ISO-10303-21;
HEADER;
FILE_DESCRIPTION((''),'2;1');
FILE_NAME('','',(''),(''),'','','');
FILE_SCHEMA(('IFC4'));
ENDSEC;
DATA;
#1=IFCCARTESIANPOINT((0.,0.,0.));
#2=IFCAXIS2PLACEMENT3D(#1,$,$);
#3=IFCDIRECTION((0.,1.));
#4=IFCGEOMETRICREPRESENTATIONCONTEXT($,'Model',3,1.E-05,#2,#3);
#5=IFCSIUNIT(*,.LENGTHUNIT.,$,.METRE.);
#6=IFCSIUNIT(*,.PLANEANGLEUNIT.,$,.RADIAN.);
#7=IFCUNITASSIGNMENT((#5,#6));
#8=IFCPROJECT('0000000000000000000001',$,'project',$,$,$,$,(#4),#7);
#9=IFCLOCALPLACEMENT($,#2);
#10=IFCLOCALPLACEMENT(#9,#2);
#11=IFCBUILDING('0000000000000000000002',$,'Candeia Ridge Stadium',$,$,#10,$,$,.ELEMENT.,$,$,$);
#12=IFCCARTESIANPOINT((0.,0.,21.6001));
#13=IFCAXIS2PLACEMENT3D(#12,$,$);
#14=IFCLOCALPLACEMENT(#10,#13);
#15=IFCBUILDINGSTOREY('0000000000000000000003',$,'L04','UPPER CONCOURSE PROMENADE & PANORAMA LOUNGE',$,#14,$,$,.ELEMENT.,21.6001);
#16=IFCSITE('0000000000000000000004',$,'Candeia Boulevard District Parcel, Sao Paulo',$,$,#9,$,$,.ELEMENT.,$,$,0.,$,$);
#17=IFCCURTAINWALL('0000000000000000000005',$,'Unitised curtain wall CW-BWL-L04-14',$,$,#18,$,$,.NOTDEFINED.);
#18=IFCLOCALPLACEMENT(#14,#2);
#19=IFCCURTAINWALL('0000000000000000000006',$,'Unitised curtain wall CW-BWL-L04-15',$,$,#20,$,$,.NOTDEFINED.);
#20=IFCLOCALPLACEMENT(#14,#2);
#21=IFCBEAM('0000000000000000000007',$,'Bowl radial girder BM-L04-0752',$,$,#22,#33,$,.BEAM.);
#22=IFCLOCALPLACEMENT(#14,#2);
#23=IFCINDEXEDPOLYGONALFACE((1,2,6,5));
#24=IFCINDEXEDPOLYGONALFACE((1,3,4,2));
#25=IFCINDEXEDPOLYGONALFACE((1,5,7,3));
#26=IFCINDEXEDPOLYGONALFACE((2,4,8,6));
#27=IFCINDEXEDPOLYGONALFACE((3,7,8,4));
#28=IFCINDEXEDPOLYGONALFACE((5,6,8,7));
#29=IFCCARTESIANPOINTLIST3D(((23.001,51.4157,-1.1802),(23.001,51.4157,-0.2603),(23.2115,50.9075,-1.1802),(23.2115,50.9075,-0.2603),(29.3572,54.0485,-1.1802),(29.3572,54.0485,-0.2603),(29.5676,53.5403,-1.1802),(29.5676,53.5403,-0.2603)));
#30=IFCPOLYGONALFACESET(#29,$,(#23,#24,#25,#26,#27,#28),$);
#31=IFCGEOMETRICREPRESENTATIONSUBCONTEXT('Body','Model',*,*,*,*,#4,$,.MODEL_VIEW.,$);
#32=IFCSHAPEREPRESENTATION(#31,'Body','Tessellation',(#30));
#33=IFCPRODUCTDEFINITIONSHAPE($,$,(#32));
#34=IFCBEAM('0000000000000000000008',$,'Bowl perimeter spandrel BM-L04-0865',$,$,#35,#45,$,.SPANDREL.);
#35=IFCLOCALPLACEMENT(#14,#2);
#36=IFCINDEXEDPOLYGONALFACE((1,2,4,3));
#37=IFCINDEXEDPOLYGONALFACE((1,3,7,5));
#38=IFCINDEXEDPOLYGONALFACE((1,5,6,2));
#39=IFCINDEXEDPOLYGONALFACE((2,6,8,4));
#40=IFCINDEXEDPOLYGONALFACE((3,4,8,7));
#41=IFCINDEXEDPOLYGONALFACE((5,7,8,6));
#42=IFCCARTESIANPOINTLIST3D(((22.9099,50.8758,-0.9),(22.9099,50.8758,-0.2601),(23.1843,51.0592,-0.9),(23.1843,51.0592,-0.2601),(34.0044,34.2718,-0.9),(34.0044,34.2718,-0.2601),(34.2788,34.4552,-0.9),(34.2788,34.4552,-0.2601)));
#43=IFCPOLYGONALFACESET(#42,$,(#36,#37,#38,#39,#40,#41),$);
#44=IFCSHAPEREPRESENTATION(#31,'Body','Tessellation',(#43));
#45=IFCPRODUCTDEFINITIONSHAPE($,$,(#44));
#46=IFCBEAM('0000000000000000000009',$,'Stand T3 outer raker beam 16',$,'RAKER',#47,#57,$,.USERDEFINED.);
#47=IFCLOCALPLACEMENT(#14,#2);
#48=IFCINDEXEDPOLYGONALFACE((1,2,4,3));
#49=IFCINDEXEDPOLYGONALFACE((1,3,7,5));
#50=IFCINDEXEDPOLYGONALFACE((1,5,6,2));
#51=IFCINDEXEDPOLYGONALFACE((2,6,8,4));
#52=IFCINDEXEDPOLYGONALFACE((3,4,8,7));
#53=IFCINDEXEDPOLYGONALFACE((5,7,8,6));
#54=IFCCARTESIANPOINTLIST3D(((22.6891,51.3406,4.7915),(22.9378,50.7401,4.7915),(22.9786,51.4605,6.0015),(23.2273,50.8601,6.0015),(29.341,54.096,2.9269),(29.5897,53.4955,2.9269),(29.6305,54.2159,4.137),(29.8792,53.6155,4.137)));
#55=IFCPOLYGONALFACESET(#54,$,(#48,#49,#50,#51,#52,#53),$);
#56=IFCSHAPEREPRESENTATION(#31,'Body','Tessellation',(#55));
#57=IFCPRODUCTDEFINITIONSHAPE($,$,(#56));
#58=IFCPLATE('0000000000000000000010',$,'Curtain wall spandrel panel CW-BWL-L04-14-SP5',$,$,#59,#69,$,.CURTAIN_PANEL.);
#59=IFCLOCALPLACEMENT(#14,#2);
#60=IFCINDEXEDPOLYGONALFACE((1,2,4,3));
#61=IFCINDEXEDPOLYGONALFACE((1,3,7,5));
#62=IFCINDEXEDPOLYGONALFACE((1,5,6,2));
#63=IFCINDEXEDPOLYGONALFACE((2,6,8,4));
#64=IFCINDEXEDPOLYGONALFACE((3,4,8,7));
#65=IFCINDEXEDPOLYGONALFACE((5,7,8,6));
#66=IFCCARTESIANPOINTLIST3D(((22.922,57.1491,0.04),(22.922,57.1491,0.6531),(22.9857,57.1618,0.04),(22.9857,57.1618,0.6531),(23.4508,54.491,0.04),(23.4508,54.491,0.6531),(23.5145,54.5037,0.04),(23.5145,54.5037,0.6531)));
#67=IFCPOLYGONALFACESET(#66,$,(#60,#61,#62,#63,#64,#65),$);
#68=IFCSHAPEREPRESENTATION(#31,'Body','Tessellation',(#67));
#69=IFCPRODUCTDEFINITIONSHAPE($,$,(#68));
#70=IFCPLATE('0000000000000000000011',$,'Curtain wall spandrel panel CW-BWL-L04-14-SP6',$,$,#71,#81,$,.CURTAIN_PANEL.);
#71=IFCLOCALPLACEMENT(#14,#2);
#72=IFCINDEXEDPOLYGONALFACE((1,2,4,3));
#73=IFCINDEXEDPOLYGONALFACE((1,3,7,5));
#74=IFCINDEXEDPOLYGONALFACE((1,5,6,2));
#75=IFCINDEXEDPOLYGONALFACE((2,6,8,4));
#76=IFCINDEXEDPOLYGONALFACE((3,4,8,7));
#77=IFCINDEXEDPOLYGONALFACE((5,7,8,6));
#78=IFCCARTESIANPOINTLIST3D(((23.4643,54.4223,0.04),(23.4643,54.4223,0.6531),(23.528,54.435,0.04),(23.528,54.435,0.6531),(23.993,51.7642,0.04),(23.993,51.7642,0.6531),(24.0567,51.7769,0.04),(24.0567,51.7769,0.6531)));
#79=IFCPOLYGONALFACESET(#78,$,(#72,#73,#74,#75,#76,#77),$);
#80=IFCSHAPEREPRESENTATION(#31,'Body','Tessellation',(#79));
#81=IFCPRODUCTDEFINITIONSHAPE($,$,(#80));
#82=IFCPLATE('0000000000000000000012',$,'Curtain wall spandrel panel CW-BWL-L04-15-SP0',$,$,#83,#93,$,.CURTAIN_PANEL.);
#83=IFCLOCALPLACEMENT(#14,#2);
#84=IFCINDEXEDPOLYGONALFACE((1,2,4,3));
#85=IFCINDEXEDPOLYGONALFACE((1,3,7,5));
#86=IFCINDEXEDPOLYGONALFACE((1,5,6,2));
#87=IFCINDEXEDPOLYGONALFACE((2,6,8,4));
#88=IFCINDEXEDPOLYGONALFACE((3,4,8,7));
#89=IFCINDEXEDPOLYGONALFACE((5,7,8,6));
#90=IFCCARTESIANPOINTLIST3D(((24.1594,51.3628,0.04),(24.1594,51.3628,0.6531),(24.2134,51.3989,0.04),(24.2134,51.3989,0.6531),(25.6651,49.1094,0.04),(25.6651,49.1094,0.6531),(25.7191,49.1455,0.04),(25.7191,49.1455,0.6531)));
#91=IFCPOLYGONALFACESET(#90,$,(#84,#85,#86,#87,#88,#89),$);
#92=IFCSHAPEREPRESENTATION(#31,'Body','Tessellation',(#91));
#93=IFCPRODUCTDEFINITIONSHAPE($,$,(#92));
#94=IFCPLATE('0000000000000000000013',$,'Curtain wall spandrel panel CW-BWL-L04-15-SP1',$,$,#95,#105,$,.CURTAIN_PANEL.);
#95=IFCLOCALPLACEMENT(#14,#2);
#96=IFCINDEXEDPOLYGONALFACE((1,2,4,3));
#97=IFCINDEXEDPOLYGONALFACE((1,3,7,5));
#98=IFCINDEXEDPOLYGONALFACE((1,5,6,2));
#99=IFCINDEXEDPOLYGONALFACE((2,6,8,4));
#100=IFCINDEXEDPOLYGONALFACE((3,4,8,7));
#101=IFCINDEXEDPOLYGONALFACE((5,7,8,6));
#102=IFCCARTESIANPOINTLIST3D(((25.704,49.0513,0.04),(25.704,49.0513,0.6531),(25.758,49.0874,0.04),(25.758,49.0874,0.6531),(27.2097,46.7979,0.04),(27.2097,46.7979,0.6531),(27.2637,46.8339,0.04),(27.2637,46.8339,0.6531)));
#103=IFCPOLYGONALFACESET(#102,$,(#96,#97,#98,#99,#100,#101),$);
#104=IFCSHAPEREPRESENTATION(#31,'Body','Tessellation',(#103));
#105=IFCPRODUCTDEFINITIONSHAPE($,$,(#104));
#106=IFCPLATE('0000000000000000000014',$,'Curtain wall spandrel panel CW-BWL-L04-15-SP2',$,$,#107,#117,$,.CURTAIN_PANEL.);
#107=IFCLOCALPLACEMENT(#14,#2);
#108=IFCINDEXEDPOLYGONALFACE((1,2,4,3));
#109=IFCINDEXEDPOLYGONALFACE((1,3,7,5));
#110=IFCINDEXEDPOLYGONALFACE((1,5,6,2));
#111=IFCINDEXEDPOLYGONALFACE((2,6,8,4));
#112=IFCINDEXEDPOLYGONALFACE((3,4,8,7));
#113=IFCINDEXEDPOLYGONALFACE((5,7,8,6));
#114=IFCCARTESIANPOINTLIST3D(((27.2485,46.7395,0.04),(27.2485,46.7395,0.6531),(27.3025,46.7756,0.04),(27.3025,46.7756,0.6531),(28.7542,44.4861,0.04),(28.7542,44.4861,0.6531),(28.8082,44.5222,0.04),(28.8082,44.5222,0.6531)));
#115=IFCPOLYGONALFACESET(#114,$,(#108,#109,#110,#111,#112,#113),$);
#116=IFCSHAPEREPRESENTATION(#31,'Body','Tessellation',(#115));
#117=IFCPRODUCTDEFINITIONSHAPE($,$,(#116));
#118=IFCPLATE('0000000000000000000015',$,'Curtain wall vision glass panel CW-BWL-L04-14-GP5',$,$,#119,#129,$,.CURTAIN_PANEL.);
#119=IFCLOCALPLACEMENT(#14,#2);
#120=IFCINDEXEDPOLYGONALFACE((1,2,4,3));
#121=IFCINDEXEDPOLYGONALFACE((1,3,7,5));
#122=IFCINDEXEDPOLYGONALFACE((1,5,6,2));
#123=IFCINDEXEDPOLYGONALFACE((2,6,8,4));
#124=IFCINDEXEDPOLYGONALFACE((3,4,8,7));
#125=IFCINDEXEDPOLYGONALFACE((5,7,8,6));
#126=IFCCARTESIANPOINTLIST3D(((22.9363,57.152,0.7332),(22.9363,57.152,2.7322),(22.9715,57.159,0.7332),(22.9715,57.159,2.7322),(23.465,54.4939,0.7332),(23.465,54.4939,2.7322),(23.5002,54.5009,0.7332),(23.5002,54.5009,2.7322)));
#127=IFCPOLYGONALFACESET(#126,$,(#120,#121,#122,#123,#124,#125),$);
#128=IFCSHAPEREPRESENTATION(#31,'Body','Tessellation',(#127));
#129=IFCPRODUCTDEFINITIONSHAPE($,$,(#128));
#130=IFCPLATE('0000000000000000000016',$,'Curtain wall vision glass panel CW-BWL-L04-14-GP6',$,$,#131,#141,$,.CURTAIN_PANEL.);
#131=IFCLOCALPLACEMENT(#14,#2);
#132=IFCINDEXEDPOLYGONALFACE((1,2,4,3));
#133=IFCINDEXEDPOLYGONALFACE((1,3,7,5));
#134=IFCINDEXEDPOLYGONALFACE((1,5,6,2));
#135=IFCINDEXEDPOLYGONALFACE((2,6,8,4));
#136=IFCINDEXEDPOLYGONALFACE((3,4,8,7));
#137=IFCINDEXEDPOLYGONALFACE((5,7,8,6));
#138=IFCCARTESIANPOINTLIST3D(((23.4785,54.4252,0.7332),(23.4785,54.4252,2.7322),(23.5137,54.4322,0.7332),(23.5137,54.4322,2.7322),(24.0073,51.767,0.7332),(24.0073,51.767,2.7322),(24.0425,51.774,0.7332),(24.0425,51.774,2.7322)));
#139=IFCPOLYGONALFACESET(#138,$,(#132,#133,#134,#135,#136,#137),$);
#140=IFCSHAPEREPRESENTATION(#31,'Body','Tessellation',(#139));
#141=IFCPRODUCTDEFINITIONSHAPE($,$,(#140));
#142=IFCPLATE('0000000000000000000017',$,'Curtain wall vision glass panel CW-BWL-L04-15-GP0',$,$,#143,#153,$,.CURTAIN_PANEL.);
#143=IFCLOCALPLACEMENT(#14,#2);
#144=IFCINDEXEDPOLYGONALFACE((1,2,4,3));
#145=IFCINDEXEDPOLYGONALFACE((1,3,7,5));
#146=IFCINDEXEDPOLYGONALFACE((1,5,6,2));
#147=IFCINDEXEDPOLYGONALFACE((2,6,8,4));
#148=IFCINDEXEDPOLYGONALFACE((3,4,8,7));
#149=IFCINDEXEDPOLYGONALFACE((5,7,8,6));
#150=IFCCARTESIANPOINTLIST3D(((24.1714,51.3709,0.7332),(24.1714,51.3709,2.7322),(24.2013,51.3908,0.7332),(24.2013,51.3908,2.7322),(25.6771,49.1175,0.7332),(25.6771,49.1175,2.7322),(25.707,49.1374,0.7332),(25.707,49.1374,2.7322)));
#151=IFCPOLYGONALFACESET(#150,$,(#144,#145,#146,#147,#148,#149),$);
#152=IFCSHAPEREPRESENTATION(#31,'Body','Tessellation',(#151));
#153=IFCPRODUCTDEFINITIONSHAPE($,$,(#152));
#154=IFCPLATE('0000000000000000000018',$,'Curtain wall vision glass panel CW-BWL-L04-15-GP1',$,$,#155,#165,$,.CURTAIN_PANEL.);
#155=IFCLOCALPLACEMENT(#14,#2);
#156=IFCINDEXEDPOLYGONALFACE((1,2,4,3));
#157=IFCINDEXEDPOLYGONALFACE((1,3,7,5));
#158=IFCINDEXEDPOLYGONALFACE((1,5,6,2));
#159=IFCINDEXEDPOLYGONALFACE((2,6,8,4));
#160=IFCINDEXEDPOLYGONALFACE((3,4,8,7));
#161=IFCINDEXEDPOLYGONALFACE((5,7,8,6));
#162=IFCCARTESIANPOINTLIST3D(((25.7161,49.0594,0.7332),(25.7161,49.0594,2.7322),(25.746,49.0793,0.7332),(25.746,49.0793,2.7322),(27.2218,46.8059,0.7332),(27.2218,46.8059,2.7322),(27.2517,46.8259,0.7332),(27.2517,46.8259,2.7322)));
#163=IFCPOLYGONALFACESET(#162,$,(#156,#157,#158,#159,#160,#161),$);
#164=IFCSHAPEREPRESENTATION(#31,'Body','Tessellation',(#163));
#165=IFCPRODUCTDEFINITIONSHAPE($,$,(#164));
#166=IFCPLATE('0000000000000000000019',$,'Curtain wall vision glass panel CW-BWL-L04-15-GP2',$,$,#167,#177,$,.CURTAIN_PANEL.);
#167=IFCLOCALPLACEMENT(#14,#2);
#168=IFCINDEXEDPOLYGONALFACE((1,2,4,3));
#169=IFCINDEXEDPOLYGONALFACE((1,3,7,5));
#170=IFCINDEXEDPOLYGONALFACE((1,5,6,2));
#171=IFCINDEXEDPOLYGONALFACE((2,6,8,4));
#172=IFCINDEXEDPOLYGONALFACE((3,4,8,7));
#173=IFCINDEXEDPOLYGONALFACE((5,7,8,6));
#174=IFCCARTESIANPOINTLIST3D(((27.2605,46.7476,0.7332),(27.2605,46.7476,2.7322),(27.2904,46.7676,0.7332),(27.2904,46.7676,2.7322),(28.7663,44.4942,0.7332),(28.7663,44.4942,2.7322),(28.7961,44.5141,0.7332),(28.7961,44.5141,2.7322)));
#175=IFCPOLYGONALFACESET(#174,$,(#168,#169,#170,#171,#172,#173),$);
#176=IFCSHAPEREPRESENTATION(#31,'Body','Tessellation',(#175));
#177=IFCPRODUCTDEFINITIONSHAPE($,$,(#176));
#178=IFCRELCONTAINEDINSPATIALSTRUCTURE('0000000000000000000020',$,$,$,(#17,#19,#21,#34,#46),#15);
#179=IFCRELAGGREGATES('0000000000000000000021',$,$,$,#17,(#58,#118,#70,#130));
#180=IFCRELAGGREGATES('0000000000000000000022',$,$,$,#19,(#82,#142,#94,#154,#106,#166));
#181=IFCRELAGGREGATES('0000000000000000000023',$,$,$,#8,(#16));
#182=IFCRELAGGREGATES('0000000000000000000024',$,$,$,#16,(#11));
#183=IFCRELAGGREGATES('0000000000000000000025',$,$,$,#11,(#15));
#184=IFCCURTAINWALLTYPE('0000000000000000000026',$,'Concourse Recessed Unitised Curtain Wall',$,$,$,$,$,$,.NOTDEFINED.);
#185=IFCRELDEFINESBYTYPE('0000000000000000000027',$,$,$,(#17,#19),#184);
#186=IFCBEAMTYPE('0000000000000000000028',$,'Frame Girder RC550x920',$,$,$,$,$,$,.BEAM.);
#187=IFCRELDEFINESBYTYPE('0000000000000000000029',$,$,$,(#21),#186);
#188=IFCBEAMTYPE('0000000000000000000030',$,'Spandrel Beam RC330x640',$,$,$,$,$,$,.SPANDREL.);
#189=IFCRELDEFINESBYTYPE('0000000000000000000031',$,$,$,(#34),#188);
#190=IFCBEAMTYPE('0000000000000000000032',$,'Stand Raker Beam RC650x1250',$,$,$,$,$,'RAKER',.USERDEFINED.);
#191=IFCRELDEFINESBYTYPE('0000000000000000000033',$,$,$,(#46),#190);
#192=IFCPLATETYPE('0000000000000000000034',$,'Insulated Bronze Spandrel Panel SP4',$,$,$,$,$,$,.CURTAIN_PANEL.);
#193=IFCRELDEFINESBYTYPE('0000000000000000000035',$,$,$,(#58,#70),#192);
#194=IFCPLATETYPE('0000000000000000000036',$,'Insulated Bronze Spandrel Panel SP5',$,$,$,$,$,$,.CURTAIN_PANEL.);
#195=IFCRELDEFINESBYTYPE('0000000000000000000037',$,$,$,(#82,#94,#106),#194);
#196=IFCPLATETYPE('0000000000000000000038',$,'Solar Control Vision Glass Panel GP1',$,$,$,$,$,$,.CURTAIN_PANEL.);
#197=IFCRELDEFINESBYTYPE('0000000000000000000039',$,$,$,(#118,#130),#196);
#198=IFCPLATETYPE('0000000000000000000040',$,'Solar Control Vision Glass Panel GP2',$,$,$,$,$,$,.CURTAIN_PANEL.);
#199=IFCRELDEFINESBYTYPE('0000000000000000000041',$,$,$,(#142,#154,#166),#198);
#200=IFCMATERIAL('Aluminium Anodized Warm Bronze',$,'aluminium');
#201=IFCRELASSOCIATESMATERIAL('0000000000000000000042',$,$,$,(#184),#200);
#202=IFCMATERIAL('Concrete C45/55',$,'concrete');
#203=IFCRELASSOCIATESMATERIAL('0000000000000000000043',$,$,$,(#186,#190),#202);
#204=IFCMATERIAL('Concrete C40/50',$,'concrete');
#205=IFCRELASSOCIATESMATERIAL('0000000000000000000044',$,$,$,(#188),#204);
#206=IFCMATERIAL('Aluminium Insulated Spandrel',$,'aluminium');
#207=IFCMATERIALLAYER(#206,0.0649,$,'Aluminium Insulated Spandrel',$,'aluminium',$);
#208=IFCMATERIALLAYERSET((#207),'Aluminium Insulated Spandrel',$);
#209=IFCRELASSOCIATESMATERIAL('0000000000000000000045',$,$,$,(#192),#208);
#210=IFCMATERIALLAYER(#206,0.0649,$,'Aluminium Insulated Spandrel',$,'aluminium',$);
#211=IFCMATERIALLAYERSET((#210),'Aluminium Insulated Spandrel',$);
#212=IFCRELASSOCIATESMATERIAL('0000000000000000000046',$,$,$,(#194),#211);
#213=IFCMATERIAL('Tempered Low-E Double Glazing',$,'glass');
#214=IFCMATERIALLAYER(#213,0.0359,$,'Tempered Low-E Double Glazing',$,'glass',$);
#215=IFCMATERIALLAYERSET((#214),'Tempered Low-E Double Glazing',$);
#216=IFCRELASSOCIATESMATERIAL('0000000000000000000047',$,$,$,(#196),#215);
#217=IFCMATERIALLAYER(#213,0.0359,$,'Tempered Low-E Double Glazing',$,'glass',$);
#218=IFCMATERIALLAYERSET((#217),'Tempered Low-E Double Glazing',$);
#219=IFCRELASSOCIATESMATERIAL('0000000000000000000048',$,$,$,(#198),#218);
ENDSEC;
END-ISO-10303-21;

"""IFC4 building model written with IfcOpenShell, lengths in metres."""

from ifc_helpers import new_model, si_unit, direction, frame, origin, origin_2d, place, context, subcontext, project, spatial, rectangle, extrude, material, layer, layer_set, material_profile, profile_set, type_object, element, aggregate, save


model = new_model("IFC4")

# Units and contexts
model_context = context("Model", 3, precision=1e-05, world=origin(), true_north=direction((0.0, 1.0)))
body_context = subcontext(model_context, "Body", "Model", "MODEL_VIEW")
ifc_project = project(units=[si_unit("LENGTHUNIT", "METRE"), si_unit("PLANEANGLEUNIT", "RADIAN")], contexts=[model_context])

# Site, building, storey
site_placement = place(None, origin())
site = spatial("IfcSite", under=ifc_project, at=site_placement, Name="Candeia Boulevard District Parcel, Sao Paulo", CompositionType="ELEMENT", RefElevation=0.0)
building_placement = place(site_placement, origin())
building = spatial("IfcBuilding", under=site, at=building_placement, Name="Candeia Ridge Stadium", CompositionType="ELEMENT")
storey_placement = place(building_placement, frame((0.0, 0.0, 21.6001)))
storey = spatial("IfcBuildingStorey", under=building, at=storey_placement, Name="L04", Description="UPPER CONCOURSE PROMENADE & PANORAMA LOUNGE", CompositionType="ELEMENT", Elevation=21.6001)

# Shared definitions
ifc_material_1 = material(Name="Concrete C45/55", Category="concrete")

# Curtain walls
ifc_material_2 = material(Name="Aluminium Anodized Warm Bronze", Category="aluminium")
curtain_wall_type = type_object("IfcCurtainWallType", Name="Concourse Recessed Unitised Curtain Wall", PredefinedType="NOTDEFINED", material=ifc_material_2)
curtain_wall_1_placement = place(storey_placement, origin())
curtain_wall_1 = element("IfcCurtainWall", 1, at=curtain_wall_1_placement, inside=storey, type_object=curtain_wall_type, Name="Unitised curtain wall CW-BWL-L04-14", PredefinedType="NOTDEFINED")
curtain_wall_2_placement = place(storey_placement, origin())
curtain_wall_2 = element("IfcCurtainWall", 2, at=curtain_wall_2_placement, inside=storey, type_object=curtain_wall_type, Name="Unitised curtain wall CW-BWL-L04-15", PredefinedType="NOTDEFINED")

# Beams
ifc_material_3 = material(Name="Concrete C40/50", Category="concrete")
ifc_material_profile_1 = material_profile(ifc_material_1, rectangle(XDim=0.55, YDim=0.9199, at=origin_2d()), Name="RC550x920", Category="concrete")
ifc_profile_set_1 = profile_set([ifc_material_profile_1], Name="Concrete C45/55")
beam_type_1 = type_object("IfcBeamType", Name="Frame Girder RC550x920", PredefinedType="BEAM", material=ifc_profile_set_1)
beam_1_placement = place(storey_placement, frame((29.4624, 53.7944, -0.7202), z_axis=(-0.92388, -0.382682, 0.0), x_axis=(0.382682, -0.92388, 0.0)))
element("IfcBeam", 3, at=beam_1_placement, inside=storey, type_object=beam_type_1, Name="Bowl radial girder BM-L04-0752", PredefinedType="BEAM", context=body_context, shape_type="SweptSolid", body=[
    extrude(rectangle(XDim=0.55, YDim=0.9199, at=origin_2d()), origin(), (0.0, 0.0, 1.0), 6.8799),
])
ifc_material_profile_2 = material_profile(ifc_material_3, rectangle(XDim=0.3301, YDim=0.6399, at=origin_2d()), Name="RC330x640", Category="concrete")
ifc_profile_set_2 = profile_set([ifc_material_profile_2], Name="Concrete C40/50")
beam_type_2 = type_object("IfcBeamType", Name="Spandrel Beam RC330x640", PredefinedType="SPANDREL", material=ifc_profile_set_2)
beam_2_placement = place(storey_placement, frame((23.0471, 50.9675, -0.5801), z_axis=(0.555572, -0.831469, 0.0), x_axis=(0.831469, 0.555572, 0.0)))
element("IfcBeam", 4, at=beam_2_placement, inside=storey, type_object=beam_type_2, Name="Bowl perimeter spandrel BM-L04-0865", PredefinedType="SPANDREL", context=body_context, shape_type="SweptSolid", body=[
    extrude(rectangle(XDim=0.3301, YDim=0.6399, at=origin_2d()), origin(), (0.0, 0.0, 1.0), 19.9695),
])
ifc_material_profile_3 = material_profile(ifc_material_1, rectangle(XDim=0.6499, YDim=1.25, at=origin_2d()), Name="RC650x1250", Category="concrete")
ifc_profile_set_3 = profile_set([ifc_material_profile_3], Name="Concrete C45/55")
beam_type_3 = type_object("IfcBeamType", Name="Stand Raker Beam RC650x1250", ElementType="RAKER", PredefinedType="USERDEFINED", material=ifc_profile_set_3)
beam_3_placement = place(storey_placement, frame((29.6101, 53.8557, 3.532), z_axis=(-0.894373, -0.370473, 0.250691), x_axis=(0.382693, -0.923875, 0.0)))
element("IfcBeam", 5, at=beam_3_placement, inside=storey, type_object=beam_type_3, Name="Stand T3 outer raker beam 16", ObjectType="RAKER", PredefinedType="USERDEFINED", context=body_context, shape_type="SweptSolid", body=[
    extrude(rectangle(XDim=0.6499, YDim=1.25, at=origin_2d()), origin(), (0.0, 0.0, 1.0), 7.4375),
])

# Plates
ifc_material_4 = material(Name="Aluminium Insulated Spandrel", Category="aluminium")
ifc_layer_1 = layer(ifc_material_4, 0.0649, Name="Aluminium Insulated Spandrel", Category="aluminium")
ifc_layer_set_1 = layer_set([ifc_layer_1], Name="Aluminium Insulated Spandrel")
plate_type_1 = type_object("IfcPlateType", Name="Insulated Bronze Spandrel Panel SP4", PredefinedType="CURTAIN_PANEL", material=ifc_layer_set_1)
plate_1_placement = place(storey_placement, frame((23.2183, 55.8264, 0.04), z_axis=(0.0, 0.0, 1.0), x_axis=(0.19509, -0.980785, 0.0)))
plate_1 = element("IfcPlate", 6, at=plate_1_placement, type_object=plate_type_1, Name="Curtain wall spandrel panel CW-BWL-L04-14-SP5", PredefinedType="CURTAIN_PANEL", context=body_context, shape_type="SweptSolid", body=[
    extrude(rectangle(XDim=2.7102, YDim=0.0649, at=origin_2d()), origin(), (0.0, 0.0, 1.0), 0.613),
])
plate_2_placement = place(storey_placement, frame((23.7605, 53.0996, 0.04), z_axis=(0.0, 0.0, 1.0), x_axis=(0.19509, -0.980785, 0.0)))
plate_2 = element("IfcPlate", 7, at=plate_2_placement, type_object=plate_type_1, Name="Curtain wall spandrel panel CW-BWL-L04-14-SP6", PredefinedType="CURTAIN_PANEL", context=body_context, shape_type="SweptSolid", body=[
    extrude(rectangle(XDim=2.7102, YDim=0.0649, at=origin_2d()), origin(), (0.0, 0.0, 1.0), 0.613),
])
ifc_layer_2 = layer(ifc_material_4, 0.0649, Name="Aluminium Insulated Spandrel", Category="aluminium")
ifc_layer_set_2 = layer_set([ifc_layer_2], Name="Aluminium Insulated Spandrel")
plate_type_2 = type_object("IfcPlateType", Name="Insulated Bronze Spandrel Panel SP5", PredefinedType="CURTAIN_PANEL", material=ifc_layer_set_2)
plate_3_placement = place(storey_placement, frame((24.9392, 50.2542, 0.04), z_axis=(0.0, 0.0, 1.0), x_axis=(0.555571, -0.831469, 0.0)))
plate_3 = element("IfcPlate", 8, at=plate_3_placement, type_object=plate_type_2, Name="Curtain wall spandrel panel CW-BWL-L04-15-SP0", PredefinedType="CURTAIN_PANEL", context=body_context, shape_type="SweptSolid", body=[
    extrude(rectangle(XDim=2.7102, YDim=0.0649, at=origin_2d()), origin(), (0.0, 0.0, 1.0), 0.613),
])
plate_4_placement = place(storey_placement, frame((26.4839, 47.9426, 0.04), z_axis=(0.0, 0.0, 1.0), x_axis=(0.555571, -0.831469, 0.0)))
plate_4 = element("IfcPlate", 9, at=plate_4_placement, type_object=plate_type_2, Name="Curtain wall spandrel panel CW-BWL-L04-15-SP1", PredefinedType="CURTAIN_PANEL", context=body_context, shape_type="SweptSolid", body=[
    extrude(rectangle(XDim=2.7102, YDim=0.0649, at=origin_2d()), origin(), (0.0, 0.0, 1.0), 0.613),
])
plate_5_placement = place(storey_placement, frame((28.0283, 45.6309, 0.04), z_axis=(0.0, 0.0, 1.0), x_axis=(0.555571, -0.831469, 0.0)))
plate_5 = element("IfcPlate", 10, at=plate_5_placement, type_object=plate_type_2, Name="Curtain wall spandrel panel CW-BWL-L04-15-SP2", PredefinedType="CURTAIN_PANEL", context=body_context, shape_type="SweptSolid", body=[
    extrude(rectangle(XDim=2.7102, YDim=0.0649, at=origin_2d()), origin(), (0.0, 0.0, 1.0), 0.613),
])
ifc_material_5 = material(Name="Tempered Low-E Double Glazing", Category="glass")
ifc_layer_3 = layer(ifc_material_5, 0.0359, Name="Tempered Low-E Double Glazing", Category="glass")
ifc_layer_set_3 = layer_set([ifc_layer_3], Name="Tempered Low-E Double Glazing")
plate_type_3 = type_object("IfcPlateType", Name="Solar Control Vision Glass Panel GP1", PredefinedType="CURTAIN_PANEL", material=ifc_layer_set_3)
plate_6_placement = place(storey_placement, frame((23.2183, 55.8264, 0.7332), z_axis=(0.0, 0.0, 1.0), x_axis=(0.19509, -0.980785, 0.0)))
plate_6 = element("IfcPlate", 11, at=plate_6_placement, type_object=plate_type_3, Name="Curtain wall vision glass panel CW-BWL-L04-14-GP5", PredefinedType="CURTAIN_PANEL", context=body_context, shape_type="SweptSolid", body=[
    extrude(rectangle(XDim=2.7102, YDim=0.0359, at=origin_2d()), origin(), (0.0, 0.0, 1.0), 1.999),
])
plate_7_placement = place(storey_placement, frame((23.7605, 53.0996, 0.7332), z_axis=(0.0, 0.0, 1.0), x_axis=(0.19509, -0.980785, 0.0)))
plate_7 = element("IfcPlate", 12, at=plate_7_placement, type_object=plate_type_3, Name="Curtain wall vision glass panel CW-BWL-L04-14-GP6", PredefinedType="CURTAIN_PANEL", context=body_context, shape_type="SweptSolid", body=[
    extrude(rectangle(XDim=2.7102, YDim=0.0359, at=origin_2d()), origin(), (0.0, 0.0, 1.0), 1.999),
])
aggregate(curtain_wall_1, [plate_1, plate_6, plate_2, plate_7])
ifc_layer_4 = layer(ifc_material_5, 0.0359, Name="Tempered Low-E Double Glazing", Category="glass")
ifc_layer_set_4 = layer_set([ifc_layer_4], Name="Tempered Low-E Double Glazing")
plate_type_4 = type_object("IfcPlateType", Name="Solar Control Vision Glass Panel GP2", PredefinedType="CURTAIN_PANEL", material=ifc_layer_set_4)
plate_8_placement = place(storey_placement, frame((24.9392, 50.2542, 0.7332), z_axis=(0.0, 0.0, 1.0), x_axis=(0.555571, -0.831469, 0.0)))
plate_8 = element("IfcPlate", 13, at=plate_8_placement, type_object=plate_type_4, Name="Curtain wall vision glass panel CW-BWL-L04-15-GP0", PredefinedType="CURTAIN_PANEL", context=body_context, shape_type="SweptSolid", body=[
    extrude(rectangle(XDim=2.7102, YDim=0.0359, at=origin_2d()), origin(), (0.0, 0.0, 1.0), 1.999),
])
plate_9_placement = place(storey_placement, frame((26.4839, 47.9426, 0.7332), z_axis=(0.0, 0.0, 1.0), x_axis=(0.555571, -0.831469, 0.0)))
plate_9 = element("IfcPlate", 14, at=plate_9_placement, type_object=plate_type_4, Name="Curtain wall vision glass panel CW-BWL-L04-15-GP1", PredefinedType="CURTAIN_PANEL", context=body_context, shape_type="SweptSolid", body=[
    extrude(rectangle(XDim=2.7102, YDim=0.0359, at=origin_2d()), origin(), (0.0, 0.0, 1.0), 1.999),
])
plate_10_placement = place(storey_placement, frame((28.0283, 45.6309, 0.7332), z_axis=(0.0, 0.0, 1.0), x_axis=(0.555571, -0.831469, 0.0)))
plate_10 = element("IfcPlate", 15, at=plate_10_placement, type_object=plate_type_4, Name="Curtain wall vision glass panel CW-BWL-L04-15-GP2", PredefinedType="CURTAIN_PANEL", context=body_context, shape_type="SweptSolid", body=[
    extrude(rectangle(XDim=2.7102, YDim=0.0359, at=origin_2d()), origin(), (0.0, 0.0, 1.0), 1.999),
])
aggregate(curtain_wall_2, [plate_3, plate_8, plate_4, plate_9, plate_5, plate_10])

save(model, "model.ifc")
